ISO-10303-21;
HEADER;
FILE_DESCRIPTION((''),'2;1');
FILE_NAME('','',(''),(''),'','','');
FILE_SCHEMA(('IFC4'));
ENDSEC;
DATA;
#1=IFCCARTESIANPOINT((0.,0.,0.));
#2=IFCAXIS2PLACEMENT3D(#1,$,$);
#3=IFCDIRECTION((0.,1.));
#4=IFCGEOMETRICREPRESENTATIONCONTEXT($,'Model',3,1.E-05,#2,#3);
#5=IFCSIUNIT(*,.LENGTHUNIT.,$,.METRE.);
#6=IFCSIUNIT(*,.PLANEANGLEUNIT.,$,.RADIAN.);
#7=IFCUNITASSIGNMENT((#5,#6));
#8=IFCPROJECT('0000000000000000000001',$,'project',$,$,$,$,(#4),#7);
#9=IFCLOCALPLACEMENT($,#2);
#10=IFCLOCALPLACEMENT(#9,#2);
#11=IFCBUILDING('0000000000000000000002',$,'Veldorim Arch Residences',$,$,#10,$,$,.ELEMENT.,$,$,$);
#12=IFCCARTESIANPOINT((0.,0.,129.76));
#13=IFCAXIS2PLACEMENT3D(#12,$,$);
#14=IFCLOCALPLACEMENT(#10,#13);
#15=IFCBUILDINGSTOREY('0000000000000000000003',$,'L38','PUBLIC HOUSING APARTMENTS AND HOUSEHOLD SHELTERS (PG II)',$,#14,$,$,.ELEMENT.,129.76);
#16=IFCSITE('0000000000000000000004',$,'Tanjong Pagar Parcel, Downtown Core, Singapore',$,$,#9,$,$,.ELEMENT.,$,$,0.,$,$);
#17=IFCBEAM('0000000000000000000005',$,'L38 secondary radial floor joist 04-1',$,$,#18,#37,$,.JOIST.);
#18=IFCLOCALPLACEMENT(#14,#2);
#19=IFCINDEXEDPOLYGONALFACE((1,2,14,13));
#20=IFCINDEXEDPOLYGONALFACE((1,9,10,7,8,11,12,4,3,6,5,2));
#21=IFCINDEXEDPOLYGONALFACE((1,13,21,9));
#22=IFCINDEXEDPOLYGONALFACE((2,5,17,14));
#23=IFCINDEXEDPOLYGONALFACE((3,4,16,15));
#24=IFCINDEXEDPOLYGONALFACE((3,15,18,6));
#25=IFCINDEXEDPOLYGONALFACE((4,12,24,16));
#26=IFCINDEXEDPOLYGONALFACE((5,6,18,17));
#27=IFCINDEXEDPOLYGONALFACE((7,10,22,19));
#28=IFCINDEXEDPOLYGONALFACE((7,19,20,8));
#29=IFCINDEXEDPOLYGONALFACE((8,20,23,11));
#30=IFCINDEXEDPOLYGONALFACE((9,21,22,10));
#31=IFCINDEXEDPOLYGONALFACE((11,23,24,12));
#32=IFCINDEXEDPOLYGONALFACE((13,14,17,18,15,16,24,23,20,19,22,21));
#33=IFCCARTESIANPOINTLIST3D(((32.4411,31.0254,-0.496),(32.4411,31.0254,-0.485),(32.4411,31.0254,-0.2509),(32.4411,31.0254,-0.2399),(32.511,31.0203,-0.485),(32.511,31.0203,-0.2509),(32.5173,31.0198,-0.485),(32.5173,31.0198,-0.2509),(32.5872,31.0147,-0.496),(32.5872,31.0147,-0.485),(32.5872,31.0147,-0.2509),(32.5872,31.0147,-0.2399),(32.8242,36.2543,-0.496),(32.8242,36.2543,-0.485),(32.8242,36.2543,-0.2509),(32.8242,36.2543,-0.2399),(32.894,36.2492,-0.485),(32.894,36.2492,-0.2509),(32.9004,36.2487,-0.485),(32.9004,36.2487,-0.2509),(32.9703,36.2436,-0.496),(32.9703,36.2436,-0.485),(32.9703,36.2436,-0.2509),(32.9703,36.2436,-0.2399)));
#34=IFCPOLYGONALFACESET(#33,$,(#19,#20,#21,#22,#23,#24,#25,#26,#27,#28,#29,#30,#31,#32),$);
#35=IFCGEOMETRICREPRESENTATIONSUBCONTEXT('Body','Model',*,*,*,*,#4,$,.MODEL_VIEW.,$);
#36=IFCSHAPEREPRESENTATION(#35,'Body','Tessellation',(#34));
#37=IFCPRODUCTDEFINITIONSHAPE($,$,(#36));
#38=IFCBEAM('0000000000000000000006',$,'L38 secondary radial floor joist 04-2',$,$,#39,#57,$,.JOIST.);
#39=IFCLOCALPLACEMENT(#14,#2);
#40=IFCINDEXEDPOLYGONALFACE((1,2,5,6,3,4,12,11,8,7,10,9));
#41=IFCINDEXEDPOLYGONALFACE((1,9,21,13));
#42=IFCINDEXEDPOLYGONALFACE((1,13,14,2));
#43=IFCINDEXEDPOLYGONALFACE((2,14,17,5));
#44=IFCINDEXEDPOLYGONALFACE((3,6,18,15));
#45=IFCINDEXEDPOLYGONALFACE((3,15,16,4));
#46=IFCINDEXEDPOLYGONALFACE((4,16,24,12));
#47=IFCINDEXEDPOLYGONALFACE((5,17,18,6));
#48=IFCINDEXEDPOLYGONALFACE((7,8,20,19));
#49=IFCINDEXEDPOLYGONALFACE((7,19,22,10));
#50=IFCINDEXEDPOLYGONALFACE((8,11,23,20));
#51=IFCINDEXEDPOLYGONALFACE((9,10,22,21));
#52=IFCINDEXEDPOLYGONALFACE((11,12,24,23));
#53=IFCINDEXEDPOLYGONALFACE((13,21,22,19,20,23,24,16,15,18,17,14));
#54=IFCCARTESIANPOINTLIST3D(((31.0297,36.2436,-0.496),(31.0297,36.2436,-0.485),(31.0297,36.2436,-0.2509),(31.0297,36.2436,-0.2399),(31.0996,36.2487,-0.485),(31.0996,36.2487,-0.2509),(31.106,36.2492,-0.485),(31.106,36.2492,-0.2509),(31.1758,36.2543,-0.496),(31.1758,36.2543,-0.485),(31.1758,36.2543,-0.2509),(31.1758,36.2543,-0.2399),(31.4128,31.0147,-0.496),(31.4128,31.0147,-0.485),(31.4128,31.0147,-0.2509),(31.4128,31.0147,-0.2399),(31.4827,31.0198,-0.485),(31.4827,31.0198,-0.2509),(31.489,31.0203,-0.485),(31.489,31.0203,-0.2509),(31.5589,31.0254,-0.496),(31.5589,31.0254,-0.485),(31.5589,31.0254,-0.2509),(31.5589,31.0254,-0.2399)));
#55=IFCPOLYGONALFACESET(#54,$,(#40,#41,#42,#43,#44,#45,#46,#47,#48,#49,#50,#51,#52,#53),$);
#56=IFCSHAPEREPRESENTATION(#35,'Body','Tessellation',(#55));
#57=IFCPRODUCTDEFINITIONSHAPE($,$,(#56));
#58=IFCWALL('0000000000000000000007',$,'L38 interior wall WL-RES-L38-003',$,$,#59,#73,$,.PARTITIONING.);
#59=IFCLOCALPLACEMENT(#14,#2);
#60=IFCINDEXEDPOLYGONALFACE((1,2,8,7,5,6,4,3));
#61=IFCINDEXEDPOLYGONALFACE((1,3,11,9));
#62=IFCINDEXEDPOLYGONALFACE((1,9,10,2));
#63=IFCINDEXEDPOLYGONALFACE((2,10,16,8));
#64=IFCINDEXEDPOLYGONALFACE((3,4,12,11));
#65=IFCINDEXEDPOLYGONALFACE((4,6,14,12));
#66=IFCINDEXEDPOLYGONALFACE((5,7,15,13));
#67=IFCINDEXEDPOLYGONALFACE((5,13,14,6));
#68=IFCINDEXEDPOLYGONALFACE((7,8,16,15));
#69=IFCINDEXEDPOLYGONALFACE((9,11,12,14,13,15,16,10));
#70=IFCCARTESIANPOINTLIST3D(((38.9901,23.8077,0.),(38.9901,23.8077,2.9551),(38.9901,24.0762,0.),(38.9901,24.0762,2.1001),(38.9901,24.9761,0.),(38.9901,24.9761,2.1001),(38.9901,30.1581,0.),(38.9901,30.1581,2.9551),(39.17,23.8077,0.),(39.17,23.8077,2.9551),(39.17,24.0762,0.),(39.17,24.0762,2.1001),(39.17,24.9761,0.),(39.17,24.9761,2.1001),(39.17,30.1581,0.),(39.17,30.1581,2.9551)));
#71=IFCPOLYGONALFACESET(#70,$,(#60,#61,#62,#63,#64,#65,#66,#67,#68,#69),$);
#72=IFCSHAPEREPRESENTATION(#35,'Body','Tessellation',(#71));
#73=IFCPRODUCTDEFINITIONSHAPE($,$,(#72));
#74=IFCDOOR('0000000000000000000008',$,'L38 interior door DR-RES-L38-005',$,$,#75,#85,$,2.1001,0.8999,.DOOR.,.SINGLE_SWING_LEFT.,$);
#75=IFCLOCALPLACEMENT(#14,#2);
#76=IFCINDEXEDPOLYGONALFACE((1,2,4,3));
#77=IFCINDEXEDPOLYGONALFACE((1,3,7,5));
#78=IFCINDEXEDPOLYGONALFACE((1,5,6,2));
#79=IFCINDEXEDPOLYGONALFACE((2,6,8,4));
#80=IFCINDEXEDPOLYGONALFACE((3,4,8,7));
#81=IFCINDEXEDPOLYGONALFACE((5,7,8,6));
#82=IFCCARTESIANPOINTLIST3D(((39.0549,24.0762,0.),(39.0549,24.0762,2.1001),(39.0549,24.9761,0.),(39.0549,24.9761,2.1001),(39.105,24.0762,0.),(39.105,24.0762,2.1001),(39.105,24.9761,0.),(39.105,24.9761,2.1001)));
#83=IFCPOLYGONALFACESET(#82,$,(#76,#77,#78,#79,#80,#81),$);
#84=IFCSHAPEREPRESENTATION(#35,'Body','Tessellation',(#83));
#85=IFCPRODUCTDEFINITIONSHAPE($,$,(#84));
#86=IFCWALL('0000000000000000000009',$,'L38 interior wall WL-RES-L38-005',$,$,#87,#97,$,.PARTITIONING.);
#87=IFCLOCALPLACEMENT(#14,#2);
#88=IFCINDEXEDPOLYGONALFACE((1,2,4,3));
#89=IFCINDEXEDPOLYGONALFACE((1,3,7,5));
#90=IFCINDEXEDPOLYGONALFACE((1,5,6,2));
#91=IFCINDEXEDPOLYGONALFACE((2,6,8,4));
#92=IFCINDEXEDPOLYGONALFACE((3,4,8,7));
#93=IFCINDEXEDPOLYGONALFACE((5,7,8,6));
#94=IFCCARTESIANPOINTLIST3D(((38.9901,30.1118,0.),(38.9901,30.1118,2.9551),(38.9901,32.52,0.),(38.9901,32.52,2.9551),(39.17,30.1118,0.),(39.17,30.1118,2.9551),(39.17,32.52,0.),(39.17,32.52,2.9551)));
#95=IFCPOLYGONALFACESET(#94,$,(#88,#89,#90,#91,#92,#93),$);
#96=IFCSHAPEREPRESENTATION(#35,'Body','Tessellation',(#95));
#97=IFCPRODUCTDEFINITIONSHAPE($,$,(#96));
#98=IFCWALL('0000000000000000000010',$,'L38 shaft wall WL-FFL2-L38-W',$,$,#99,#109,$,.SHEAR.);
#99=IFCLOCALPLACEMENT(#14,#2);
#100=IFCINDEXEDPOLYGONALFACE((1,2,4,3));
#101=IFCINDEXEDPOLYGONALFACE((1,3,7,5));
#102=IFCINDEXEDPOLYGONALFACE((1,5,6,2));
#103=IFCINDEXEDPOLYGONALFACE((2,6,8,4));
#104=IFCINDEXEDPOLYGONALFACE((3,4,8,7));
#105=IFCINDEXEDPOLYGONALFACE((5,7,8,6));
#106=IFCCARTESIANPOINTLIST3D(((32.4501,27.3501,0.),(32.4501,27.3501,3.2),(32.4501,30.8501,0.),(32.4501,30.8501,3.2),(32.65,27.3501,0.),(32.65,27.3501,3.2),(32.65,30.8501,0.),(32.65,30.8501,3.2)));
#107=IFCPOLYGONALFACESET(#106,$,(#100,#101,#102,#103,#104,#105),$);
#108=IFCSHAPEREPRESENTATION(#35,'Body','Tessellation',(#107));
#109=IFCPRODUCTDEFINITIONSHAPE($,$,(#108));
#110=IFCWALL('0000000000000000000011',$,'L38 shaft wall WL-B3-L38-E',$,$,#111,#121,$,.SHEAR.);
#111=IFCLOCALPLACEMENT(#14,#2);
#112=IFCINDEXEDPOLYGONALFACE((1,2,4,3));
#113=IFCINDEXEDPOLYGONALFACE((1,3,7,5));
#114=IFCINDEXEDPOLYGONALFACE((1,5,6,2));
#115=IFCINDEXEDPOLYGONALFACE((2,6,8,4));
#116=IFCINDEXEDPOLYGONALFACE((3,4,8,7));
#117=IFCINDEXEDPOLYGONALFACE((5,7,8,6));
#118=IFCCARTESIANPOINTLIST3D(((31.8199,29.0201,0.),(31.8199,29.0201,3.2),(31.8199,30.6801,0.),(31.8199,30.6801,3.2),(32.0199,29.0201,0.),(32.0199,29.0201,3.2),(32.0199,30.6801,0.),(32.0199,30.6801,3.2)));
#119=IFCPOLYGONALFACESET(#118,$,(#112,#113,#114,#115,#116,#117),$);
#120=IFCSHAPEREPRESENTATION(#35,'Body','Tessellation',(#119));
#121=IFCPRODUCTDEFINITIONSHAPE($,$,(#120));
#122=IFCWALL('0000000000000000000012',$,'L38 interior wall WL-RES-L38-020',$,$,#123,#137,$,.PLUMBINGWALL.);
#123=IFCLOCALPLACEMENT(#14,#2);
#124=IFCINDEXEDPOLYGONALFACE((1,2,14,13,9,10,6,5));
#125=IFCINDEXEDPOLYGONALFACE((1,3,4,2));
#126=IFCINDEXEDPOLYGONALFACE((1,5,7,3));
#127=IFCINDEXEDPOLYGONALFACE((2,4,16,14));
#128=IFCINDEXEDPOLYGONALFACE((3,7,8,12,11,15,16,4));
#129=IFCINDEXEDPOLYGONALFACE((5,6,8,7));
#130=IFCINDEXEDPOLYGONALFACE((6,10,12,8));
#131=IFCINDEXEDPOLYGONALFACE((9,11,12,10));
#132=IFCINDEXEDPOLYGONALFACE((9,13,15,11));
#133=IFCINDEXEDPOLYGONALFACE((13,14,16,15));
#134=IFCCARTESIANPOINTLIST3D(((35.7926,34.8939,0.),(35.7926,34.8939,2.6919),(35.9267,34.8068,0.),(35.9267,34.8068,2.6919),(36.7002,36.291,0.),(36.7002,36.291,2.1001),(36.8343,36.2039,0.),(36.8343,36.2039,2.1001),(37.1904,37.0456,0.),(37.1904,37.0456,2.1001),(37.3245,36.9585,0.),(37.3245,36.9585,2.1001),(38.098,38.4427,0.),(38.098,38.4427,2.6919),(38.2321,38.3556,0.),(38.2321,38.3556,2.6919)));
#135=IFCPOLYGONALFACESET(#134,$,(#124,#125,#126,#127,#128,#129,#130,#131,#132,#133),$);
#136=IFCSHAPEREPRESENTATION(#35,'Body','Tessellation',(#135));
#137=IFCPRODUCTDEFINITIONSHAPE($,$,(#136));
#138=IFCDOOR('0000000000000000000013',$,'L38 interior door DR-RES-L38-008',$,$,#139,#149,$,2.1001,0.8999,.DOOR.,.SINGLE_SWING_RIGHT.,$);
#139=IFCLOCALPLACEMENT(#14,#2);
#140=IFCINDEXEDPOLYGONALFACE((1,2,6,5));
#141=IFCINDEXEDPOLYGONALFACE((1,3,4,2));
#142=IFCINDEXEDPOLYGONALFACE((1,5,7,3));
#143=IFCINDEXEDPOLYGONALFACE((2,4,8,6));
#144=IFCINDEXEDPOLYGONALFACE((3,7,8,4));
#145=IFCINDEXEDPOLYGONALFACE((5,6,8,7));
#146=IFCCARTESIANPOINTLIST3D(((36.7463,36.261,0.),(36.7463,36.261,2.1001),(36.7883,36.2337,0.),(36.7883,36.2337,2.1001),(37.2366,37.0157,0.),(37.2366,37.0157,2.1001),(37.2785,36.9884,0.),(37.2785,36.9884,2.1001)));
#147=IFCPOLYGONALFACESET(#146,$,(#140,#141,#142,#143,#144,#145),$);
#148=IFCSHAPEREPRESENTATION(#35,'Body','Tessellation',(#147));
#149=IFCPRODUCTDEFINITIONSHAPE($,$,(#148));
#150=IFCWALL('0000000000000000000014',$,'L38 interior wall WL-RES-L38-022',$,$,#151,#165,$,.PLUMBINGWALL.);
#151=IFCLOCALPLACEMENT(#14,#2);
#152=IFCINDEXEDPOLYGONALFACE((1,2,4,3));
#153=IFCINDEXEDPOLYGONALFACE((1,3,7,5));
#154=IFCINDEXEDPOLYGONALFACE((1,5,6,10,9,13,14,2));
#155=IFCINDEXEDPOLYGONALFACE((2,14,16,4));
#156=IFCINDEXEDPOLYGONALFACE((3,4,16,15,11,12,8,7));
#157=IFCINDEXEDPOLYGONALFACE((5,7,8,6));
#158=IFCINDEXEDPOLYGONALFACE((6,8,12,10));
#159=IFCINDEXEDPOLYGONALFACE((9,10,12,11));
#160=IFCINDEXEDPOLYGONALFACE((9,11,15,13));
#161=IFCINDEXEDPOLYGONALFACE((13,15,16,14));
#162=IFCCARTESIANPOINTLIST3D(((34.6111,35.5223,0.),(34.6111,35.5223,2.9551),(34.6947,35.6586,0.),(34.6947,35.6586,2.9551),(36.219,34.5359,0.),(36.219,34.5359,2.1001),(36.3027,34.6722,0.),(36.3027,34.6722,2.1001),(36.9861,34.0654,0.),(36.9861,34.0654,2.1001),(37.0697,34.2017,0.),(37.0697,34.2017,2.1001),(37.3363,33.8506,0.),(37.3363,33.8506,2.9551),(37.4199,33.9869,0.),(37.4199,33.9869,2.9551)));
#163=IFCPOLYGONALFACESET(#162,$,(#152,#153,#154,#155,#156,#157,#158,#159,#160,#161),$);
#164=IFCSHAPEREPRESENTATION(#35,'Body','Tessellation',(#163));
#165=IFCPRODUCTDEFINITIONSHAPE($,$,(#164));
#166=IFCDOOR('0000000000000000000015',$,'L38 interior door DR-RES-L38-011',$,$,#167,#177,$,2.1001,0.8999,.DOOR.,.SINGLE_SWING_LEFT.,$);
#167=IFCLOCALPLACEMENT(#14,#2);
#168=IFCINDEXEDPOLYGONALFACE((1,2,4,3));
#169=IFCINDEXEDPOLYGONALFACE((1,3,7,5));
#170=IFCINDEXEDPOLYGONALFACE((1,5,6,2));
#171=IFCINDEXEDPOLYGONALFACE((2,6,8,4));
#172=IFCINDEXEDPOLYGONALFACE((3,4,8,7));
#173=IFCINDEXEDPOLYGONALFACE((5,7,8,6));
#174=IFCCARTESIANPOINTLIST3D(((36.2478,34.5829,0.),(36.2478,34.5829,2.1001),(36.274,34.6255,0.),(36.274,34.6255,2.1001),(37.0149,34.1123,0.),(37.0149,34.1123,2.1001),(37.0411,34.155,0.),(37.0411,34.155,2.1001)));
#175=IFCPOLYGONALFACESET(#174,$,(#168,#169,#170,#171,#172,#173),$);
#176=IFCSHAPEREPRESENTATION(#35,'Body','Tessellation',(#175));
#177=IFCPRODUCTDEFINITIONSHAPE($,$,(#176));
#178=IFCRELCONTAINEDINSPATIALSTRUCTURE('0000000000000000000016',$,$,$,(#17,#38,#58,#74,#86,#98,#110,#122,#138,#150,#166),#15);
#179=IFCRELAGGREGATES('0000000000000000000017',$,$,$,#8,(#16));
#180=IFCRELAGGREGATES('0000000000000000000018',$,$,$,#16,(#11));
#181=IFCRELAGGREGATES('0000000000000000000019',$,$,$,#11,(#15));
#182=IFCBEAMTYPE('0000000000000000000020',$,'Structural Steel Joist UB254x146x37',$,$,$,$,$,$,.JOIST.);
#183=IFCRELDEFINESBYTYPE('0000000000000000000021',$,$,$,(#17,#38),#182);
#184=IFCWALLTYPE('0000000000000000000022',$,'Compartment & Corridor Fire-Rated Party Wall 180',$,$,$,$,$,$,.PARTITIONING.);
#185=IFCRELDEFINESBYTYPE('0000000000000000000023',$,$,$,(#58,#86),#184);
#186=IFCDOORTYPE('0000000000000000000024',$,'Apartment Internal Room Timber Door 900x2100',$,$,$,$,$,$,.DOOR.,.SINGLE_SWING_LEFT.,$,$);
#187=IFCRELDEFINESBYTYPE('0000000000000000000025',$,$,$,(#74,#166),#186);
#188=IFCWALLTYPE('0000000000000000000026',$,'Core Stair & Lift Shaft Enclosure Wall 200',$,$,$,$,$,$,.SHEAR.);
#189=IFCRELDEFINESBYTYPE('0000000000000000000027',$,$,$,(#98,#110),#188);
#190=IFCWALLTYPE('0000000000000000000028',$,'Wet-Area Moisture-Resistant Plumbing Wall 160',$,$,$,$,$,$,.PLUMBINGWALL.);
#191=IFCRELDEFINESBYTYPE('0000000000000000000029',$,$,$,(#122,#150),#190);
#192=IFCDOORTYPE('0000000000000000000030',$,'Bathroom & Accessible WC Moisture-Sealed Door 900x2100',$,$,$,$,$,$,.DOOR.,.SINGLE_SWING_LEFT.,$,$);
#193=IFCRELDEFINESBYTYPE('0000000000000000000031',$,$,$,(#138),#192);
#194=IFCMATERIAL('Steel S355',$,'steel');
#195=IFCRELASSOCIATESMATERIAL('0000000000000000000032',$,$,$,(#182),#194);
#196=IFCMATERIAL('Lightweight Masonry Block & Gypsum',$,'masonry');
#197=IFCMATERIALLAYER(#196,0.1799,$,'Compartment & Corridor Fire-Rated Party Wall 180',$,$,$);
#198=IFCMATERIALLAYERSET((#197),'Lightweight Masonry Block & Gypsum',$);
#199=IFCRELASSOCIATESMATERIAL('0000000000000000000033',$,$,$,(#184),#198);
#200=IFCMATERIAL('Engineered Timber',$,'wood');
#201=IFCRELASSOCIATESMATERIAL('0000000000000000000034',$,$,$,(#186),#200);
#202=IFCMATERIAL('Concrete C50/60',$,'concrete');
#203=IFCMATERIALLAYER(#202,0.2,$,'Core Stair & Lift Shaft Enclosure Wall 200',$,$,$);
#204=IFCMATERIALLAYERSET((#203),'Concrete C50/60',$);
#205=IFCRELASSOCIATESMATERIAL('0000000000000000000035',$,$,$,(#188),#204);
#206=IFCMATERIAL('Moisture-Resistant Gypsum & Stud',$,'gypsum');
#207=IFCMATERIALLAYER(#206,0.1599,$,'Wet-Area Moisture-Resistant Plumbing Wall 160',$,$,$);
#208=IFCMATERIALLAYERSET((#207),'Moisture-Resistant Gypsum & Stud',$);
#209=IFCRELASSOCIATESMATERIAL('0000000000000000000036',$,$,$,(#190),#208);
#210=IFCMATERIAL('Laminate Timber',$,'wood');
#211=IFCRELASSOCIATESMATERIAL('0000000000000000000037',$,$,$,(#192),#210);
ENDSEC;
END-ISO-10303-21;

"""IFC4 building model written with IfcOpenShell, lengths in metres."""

from ifc_helpers import new_model, si_unit, direction, frame, frame_2d, origin, origin_2d, place, context, subcontext, project, spatial, rectangle, i_section, extrude, material, layer, layer_set, material_profile, profile_set, type_object, element, fill, save


model = new_model("IFC4")

# Units and contexts
model_context = context("Model", 3, precision=1e-05, world=origin(), true_north=direction((0.0, 1.0)))
body_context = subcontext(model_context, "Body", "Model", "MODEL_VIEW")
ifc_project = project(units=[si_unit("LENGTHUNIT", "METRE"), si_unit("PLANEANGLEUNIT", "RADIAN")], contexts=[model_context])

# Site, building, storey
site_placement = place(None, origin())
site = spatial("IfcSite", under=ifc_project, at=site_placement, Name="Tanjong Pagar Parcel, Downtown Core, Singapore", CompositionType="ELEMENT", RefElevation=0.0)
building_placement = place(site_placement, origin())
building = spatial("IfcBuilding", under=site, at=building_placement, Name="Veldorim Arch Residences", CompositionType="ELEMENT")
storey_placement = place(building_placement, frame((0.0, 0.0, 129.76)))
storey = spatial("IfcBuildingStorey", under=building, at=storey_placement, Name="L38", Description="PUBLIC HOUSING APARTMENTS AND HOUSEHOLD SHELTERS (PG II)", CompositionType="ELEMENT", Elevation=129.76)

# Beams
ifc_material_1 = material(Name="Steel S355", Category="steel")
ifc_material_profile_1 = material_profile(ifc_material_1, i_section(OverallWidth=0.1465, OverallDepth=0.2561, WebThickness=0.0063, FlangeThickness=0.011, at=origin_2d()), Name="UB254x146x37")
ifc_profile_set_1 = profile_set([ifc_material_profile_1], Name="Steel S355")
beam_type_1 = type_object("IfcBeamType", Name="Structural Steel Joist UB254x146x37", PredefinedType="JOIST", material=ifc_profile_set_1)
for number, where, z_axis, x_axis, name in (
    (1, (32.5142, 31.02, -0.3679), (0.07306, 0.997328, 0.0), (-0.997328, 0.07306, 0.0), "L38 secondary radial floor joist 04-1"),
    (2, (31.4858, 31.02, -0.3679), (-0.07306, 0.997328, 0.0), (-0.997328, -0.07306, 0.0), "L38 secondary radial floor joist 04-2"),
):
    element("IfcBeam", number, at=place(storey_placement, frame(where, z_axis=z_axis, x_axis=x_axis)), inside=storey, type_object=beam_type_1, Name=name, PredefinedType="JOIST", context=body_context, shape_type="SweptSolid", body=[
        extrude(i_section(OverallWidth=0.1465, OverallDepth=0.2561, WebThickness=0.0063, FlangeThickness=0.011, at=origin_2d()), origin(), (0.0, 0.0, 1.0), 5.2429),
    ])

# Wall, opening, door
ifc_material_2 = material(Name="Lightweight Masonry Block & Gypsum", Category="masonry")
ifc_layer_1 = layer(ifc_material_2, 0.1799, Name="Compartment & Corridor Fire-Rated Party Wall 180")
ifc_layer_set_1 = layer_set([ifc_layer_1], Name="Lightweight Masonry Block & Gypsum")
wall_type_1 = type_object("IfcWallType", Name="Compartment & Corridor Fire-Rated Party Wall 180", PredefinedType="PARTITIONING", material=ifc_layer_set_1)
wall_1_placement = place(storey_placement, frame((39.0801, 30.1582, 0.0), z_axis=(0.0, 0.0, 1.0), x_axis=(0.0, -1.0, 0.0)))
wall_1 = element("IfcWall", 3, at=wall_1_placement, inside=storey, type_object=wall_type_1, Name="L38 interior wall WL-RES-L38-003", PredefinedType="PARTITIONING", context=body_context, shape_type="SweptSolid", body=[
    extrude(rectangle(XDim=6.3503, YDim=0.1799, at=frame_2d((3.1753, 0.0))), origin(), (0.0, 0.0, 1.0), 2.9551),
])
opening_1_placement = place(wall_1_placement, frame((5.1821, 0.0, 0.0)))
opening_1 = element("IfcOpeningElement", 4, at=opening_1_placement, cuts=wall_1, PredefinedType="OPENING", context=body_context, shape_type="SweptSolid", body=[
    extrude(rectangle(XDim=0.8999, YDim=2.1001, at=frame_2d((0.45, 1.05))), frame((0.0, 0.0999, 0.0), z_axis=(0.0, -1.0, 0.0), x_axis=(1.0, 0.0, 0.0)), (0.0, 0.0, 1.0), 0.2),
])
ifc_material_3 = material(Name="Engineered Timber", Category="wood")
door_type_1 = type_object("IfcDoorType", Name="Apartment Internal Room Timber Door 900x2100", OperationType="SINGLE_SWING_LEFT", PredefinedType="DOOR", material=ifc_material_3)
door_1_placement = place(opening_1_placement, origin())
door_1 = element("IfcDoor", 5, at=door_1_placement, inside=storey, type_object=door_type_1, Name="L38 interior door DR-RES-L38-005", OperationType="SINGLE_SWING_LEFT", OverallHeight=2.1001, OverallWidth=0.8999, PredefinedType="DOOR", context=body_context, shape_type="SweptSolid", body=[
    extrude(rectangle(XDim=0.8999, YDim=2.1001, at=frame_2d((0.45, 1.05))), frame((0.0, 0.0249, 0.0), z_axis=(0.0, -1.0, 0.0), x_axis=(1.0, 0.0, 0.0)), (0.0, 0.0, 1.0), 0.05),
])
fill(opening_1, door_1)

# Wall
wall_2_placement = place(storey_placement, frame((39.0801, 32.52, 0.0), z_axis=(0.0, 0.0, 1.0), x_axis=(0.0, -1.0, 0.0)))
element("IfcWall", 6, at=wall_2_placement, inside=storey, type_object=wall_type_1, Name="L38 interior wall WL-RES-L38-005", PredefinedType="PARTITIONING", context=body_context, shape_type="SweptSolid", body=[
    extrude(rectangle(XDim=2.4082, YDim=0.1799, at=frame_2d((1.2041, 0.0))), origin(), (0.0, 0.0, 1.0), 2.9551),
])

# Shared definitions
ifc_material_4 = material(Name="Concrete C50/60", Category="concrete")
ifc_layer_2 = layer(ifc_material_4, 0.2, Name="Core Stair & Lift Shaft Enclosure Wall 200")
ifc_layer_set_2 = layer_set([ifc_layer_2], Name="Concrete C50/60")
wall_type_2 = type_object("IfcWallType", Name="Core Stair & Lift Shaft Enclosure Wall 200", PredefinedType="SHEAR", material=ifc_layer_set_2)

# Wall
wall_3_placement = place(storey_placement, frame((32.55, 27.3501, 0.0), z_axis=(0.0, 0.0, 1.0), x_axis=(0.0, 1.0, 0.0)))
element("IfcWall", 7, at=wall_3_placement, inside=storey, type_object=wall_type_2, Name="L38 shaft wall WL-FFL2-L38-W", PredefinedType="SHEAR", context=body_context, shape_type="SweptSolid", body=[
    extrude(rectangle(XDim=3.5, YDim=0.2, at=frame_2d((1.75, 0.0))), origin(), (0.0, 0.0, 1.0), 3.2),
])

# Wall
wall_4_placement = place(storey_placement, frame((31.9199, 29.02, 0.0), z_axis=(0.0, 0.0, 1.0), x_axis=(0.0, 1.0, 0.0)))
element("IfcWall", 8, at=wall_4_placement, inside=storey, type_object=wall_type_2, Name="L38 shaft wall WL-B3-L38-E", PredefinedType="SHEAR", context=body_context, shape_type="SweptSolid", body=[
    extrude(rectangle(XDim=1.6599, YDim=0.2, at=frame_2d((0.8301, 0.0))), origin(), (0.0, 0.0, 1.0), 3.2),
])

# Walls, openings, doors
ifc_material_5 = material(Name="Moisture-Resistant Gypsum & Stud", Category="gypsum")
ifc_layer_3 = layer(ifc_material_5, 0.1599, Name="Wet-Area Moisture-Resistant Plumbing Wall 160")
ifc_layer_set_3 = layer_set([ifc_layer_3], Name="Moisture-Resistant Gypsum & Stud")
wall_type_3 = type_object("IfcWallType", Name="Wet-Area Moisture-Resistant Plumbing Wall 160", PredefinedType="PLUMBINGWALL", material=ifc_layer_set_3)
wall_5_placement = place(storey_placement, frame((35.8596, 34.8503, 0.0), z_axis=(0.0, 0.0, 1.0), x_axis=(0.544769, 0.838586, 0.0)))
wall_5 = element("IfcWall", 9, at=wall_5_placement, inside=storey, type_object=wall_type_3, Name="L38 interior wall WL-RES-L38-020", PredefinedType="PLUMBINGWALL", context=body_context, shape_type="SweptSolid", body=[
    extrude(rectangle(XDim=4.2319, YDim=0.1599, at=frame_2d((2.116, 0.0))), origin(), (0.0, 0.0, 1.0), 2.6919),
])
opening_2_placement = place(wall_5_placement, frame((1.666, 0.0, 0.0)))
opening_2 = element("IfcOpeningElement", 10, at=opening_2_placement, cuts=wall_5, PredefinedType="OPENING", context=body_context, shape_type="SweptSolid", body=[
    extrude(rectangle(XDim=0.8999, YDim=2.1001, at=frame_2d((0.45, 1.05))), frame((0.0, 0.0898, 0.0), z_axis=(0.0, -1.0, 0.0), x_axis=(1.0, 0.0, 0.0)), (0.0, 0.0, 1.0), 0.1799),
])
ifc_material_6 = material(Name="Laminate Timber", Category="wood")
door_type_2 = type_object("IfcDoorType", Name="Bathroom & Accessible WC Moisture-Sealed Door 900x2100", OperationType="SINGLE_SWING_LEFT", PredefinedType="DOOR", material=ifc_material_6)
door_2_placement = place(opening_2_placement, origin())
door_2 = element("IfcDoor", 11, at=door_2_placement, inside=storey, type_object=door_type_2, Name="L38 interior door DR-RES-L38-008", OperationType="SINGLE_SWING_RIGHT", OverallHeight=2.1001, OverallWidth=0.8999, PredefinedType="DOOR", context=body_context, shape_type="SweptSolid", body=[
    extrude(rectangle(XDim=0.8999, YDim=2.1001, at=frame_2d((0.45, 1.05))), frame((0.0, 0.0249, 0.0), z_axis=(0.0, -1.0, 0.0), x_axis=(1.0, 0.0, 0.0)), (0.0, 0.0, 1.0), 0.05),
])
fill(opening_2, door_2)
wall_6_placement = place(storey_placement, frame((37.3782, 33.9187, 0.0), z_axis=(0.0, 0.0, 1.0), x_axis=(-0.852405, 0.522883, 0.0)))
wall_6 = element("IfcWall", 12, at=wall_6_placement, inside=storey, type_object=wall_type_3, Name="L38 interior wall WL-RES-L38-022", PredefinedType="PLUMBINGWALL", context=body_context, shape_type="SweptSolid", body=[
    extrude(rectangle(XDim=3.197, YDim=0.1599, at=frame_2d((1.5986, 0.0))), origin(), (0.0, 0.0, 1.0), 2.9551),
])
opening_3_placement = place(wall_6_placement, frame((0.4109, 0.0, 0.0)))
opening_3 = element("IfcOpeningElement", 13, at=opening_3_placement, cuts=wall_6, PredefinedType="OPENING", context=body_context, shape_type="SweptSolid", body=[
    extrude(rectangle(XDim=0.8999, YDim=2.1001, at=frame_2d((0.45, 1.05))), frame((0.0, 0.0898, 0.0), z_axis=(0.0, -1.0, 0.0), x_axis=(1.0, 0.0, 0.0)), (0.0, 0.0, 1.0), 0.1799),
])
door_3_placement = place(opening_3_placement, origin())
door_3 = element("IfcDoor", 14, at=door_3_placement, inside=storey, type_object=door_type_1, Name="L38 interior door DR-RES-L38-011", OperationType="SINGLE_SWING_LEFT", OverallHeight=2.1001, OverallWidth=0.8999, PredefinedType="DOOR", context=body_context, shape_type="SweptSolid", body=[
    extrude(rectangle(XDim=0.8999, YDim=2.1001, at=frame_2d((0.45, 1.05))), frame((0.0, 0.0249, 0.0), z_axis=(0.0, -1.0, 0.0), x_axis=(1.0, 0.0, 0.0)), (0.0, 0.0, 1.0), 0.05),
])
fill(opening_3, door_3)

save(model, "model.ifc")
